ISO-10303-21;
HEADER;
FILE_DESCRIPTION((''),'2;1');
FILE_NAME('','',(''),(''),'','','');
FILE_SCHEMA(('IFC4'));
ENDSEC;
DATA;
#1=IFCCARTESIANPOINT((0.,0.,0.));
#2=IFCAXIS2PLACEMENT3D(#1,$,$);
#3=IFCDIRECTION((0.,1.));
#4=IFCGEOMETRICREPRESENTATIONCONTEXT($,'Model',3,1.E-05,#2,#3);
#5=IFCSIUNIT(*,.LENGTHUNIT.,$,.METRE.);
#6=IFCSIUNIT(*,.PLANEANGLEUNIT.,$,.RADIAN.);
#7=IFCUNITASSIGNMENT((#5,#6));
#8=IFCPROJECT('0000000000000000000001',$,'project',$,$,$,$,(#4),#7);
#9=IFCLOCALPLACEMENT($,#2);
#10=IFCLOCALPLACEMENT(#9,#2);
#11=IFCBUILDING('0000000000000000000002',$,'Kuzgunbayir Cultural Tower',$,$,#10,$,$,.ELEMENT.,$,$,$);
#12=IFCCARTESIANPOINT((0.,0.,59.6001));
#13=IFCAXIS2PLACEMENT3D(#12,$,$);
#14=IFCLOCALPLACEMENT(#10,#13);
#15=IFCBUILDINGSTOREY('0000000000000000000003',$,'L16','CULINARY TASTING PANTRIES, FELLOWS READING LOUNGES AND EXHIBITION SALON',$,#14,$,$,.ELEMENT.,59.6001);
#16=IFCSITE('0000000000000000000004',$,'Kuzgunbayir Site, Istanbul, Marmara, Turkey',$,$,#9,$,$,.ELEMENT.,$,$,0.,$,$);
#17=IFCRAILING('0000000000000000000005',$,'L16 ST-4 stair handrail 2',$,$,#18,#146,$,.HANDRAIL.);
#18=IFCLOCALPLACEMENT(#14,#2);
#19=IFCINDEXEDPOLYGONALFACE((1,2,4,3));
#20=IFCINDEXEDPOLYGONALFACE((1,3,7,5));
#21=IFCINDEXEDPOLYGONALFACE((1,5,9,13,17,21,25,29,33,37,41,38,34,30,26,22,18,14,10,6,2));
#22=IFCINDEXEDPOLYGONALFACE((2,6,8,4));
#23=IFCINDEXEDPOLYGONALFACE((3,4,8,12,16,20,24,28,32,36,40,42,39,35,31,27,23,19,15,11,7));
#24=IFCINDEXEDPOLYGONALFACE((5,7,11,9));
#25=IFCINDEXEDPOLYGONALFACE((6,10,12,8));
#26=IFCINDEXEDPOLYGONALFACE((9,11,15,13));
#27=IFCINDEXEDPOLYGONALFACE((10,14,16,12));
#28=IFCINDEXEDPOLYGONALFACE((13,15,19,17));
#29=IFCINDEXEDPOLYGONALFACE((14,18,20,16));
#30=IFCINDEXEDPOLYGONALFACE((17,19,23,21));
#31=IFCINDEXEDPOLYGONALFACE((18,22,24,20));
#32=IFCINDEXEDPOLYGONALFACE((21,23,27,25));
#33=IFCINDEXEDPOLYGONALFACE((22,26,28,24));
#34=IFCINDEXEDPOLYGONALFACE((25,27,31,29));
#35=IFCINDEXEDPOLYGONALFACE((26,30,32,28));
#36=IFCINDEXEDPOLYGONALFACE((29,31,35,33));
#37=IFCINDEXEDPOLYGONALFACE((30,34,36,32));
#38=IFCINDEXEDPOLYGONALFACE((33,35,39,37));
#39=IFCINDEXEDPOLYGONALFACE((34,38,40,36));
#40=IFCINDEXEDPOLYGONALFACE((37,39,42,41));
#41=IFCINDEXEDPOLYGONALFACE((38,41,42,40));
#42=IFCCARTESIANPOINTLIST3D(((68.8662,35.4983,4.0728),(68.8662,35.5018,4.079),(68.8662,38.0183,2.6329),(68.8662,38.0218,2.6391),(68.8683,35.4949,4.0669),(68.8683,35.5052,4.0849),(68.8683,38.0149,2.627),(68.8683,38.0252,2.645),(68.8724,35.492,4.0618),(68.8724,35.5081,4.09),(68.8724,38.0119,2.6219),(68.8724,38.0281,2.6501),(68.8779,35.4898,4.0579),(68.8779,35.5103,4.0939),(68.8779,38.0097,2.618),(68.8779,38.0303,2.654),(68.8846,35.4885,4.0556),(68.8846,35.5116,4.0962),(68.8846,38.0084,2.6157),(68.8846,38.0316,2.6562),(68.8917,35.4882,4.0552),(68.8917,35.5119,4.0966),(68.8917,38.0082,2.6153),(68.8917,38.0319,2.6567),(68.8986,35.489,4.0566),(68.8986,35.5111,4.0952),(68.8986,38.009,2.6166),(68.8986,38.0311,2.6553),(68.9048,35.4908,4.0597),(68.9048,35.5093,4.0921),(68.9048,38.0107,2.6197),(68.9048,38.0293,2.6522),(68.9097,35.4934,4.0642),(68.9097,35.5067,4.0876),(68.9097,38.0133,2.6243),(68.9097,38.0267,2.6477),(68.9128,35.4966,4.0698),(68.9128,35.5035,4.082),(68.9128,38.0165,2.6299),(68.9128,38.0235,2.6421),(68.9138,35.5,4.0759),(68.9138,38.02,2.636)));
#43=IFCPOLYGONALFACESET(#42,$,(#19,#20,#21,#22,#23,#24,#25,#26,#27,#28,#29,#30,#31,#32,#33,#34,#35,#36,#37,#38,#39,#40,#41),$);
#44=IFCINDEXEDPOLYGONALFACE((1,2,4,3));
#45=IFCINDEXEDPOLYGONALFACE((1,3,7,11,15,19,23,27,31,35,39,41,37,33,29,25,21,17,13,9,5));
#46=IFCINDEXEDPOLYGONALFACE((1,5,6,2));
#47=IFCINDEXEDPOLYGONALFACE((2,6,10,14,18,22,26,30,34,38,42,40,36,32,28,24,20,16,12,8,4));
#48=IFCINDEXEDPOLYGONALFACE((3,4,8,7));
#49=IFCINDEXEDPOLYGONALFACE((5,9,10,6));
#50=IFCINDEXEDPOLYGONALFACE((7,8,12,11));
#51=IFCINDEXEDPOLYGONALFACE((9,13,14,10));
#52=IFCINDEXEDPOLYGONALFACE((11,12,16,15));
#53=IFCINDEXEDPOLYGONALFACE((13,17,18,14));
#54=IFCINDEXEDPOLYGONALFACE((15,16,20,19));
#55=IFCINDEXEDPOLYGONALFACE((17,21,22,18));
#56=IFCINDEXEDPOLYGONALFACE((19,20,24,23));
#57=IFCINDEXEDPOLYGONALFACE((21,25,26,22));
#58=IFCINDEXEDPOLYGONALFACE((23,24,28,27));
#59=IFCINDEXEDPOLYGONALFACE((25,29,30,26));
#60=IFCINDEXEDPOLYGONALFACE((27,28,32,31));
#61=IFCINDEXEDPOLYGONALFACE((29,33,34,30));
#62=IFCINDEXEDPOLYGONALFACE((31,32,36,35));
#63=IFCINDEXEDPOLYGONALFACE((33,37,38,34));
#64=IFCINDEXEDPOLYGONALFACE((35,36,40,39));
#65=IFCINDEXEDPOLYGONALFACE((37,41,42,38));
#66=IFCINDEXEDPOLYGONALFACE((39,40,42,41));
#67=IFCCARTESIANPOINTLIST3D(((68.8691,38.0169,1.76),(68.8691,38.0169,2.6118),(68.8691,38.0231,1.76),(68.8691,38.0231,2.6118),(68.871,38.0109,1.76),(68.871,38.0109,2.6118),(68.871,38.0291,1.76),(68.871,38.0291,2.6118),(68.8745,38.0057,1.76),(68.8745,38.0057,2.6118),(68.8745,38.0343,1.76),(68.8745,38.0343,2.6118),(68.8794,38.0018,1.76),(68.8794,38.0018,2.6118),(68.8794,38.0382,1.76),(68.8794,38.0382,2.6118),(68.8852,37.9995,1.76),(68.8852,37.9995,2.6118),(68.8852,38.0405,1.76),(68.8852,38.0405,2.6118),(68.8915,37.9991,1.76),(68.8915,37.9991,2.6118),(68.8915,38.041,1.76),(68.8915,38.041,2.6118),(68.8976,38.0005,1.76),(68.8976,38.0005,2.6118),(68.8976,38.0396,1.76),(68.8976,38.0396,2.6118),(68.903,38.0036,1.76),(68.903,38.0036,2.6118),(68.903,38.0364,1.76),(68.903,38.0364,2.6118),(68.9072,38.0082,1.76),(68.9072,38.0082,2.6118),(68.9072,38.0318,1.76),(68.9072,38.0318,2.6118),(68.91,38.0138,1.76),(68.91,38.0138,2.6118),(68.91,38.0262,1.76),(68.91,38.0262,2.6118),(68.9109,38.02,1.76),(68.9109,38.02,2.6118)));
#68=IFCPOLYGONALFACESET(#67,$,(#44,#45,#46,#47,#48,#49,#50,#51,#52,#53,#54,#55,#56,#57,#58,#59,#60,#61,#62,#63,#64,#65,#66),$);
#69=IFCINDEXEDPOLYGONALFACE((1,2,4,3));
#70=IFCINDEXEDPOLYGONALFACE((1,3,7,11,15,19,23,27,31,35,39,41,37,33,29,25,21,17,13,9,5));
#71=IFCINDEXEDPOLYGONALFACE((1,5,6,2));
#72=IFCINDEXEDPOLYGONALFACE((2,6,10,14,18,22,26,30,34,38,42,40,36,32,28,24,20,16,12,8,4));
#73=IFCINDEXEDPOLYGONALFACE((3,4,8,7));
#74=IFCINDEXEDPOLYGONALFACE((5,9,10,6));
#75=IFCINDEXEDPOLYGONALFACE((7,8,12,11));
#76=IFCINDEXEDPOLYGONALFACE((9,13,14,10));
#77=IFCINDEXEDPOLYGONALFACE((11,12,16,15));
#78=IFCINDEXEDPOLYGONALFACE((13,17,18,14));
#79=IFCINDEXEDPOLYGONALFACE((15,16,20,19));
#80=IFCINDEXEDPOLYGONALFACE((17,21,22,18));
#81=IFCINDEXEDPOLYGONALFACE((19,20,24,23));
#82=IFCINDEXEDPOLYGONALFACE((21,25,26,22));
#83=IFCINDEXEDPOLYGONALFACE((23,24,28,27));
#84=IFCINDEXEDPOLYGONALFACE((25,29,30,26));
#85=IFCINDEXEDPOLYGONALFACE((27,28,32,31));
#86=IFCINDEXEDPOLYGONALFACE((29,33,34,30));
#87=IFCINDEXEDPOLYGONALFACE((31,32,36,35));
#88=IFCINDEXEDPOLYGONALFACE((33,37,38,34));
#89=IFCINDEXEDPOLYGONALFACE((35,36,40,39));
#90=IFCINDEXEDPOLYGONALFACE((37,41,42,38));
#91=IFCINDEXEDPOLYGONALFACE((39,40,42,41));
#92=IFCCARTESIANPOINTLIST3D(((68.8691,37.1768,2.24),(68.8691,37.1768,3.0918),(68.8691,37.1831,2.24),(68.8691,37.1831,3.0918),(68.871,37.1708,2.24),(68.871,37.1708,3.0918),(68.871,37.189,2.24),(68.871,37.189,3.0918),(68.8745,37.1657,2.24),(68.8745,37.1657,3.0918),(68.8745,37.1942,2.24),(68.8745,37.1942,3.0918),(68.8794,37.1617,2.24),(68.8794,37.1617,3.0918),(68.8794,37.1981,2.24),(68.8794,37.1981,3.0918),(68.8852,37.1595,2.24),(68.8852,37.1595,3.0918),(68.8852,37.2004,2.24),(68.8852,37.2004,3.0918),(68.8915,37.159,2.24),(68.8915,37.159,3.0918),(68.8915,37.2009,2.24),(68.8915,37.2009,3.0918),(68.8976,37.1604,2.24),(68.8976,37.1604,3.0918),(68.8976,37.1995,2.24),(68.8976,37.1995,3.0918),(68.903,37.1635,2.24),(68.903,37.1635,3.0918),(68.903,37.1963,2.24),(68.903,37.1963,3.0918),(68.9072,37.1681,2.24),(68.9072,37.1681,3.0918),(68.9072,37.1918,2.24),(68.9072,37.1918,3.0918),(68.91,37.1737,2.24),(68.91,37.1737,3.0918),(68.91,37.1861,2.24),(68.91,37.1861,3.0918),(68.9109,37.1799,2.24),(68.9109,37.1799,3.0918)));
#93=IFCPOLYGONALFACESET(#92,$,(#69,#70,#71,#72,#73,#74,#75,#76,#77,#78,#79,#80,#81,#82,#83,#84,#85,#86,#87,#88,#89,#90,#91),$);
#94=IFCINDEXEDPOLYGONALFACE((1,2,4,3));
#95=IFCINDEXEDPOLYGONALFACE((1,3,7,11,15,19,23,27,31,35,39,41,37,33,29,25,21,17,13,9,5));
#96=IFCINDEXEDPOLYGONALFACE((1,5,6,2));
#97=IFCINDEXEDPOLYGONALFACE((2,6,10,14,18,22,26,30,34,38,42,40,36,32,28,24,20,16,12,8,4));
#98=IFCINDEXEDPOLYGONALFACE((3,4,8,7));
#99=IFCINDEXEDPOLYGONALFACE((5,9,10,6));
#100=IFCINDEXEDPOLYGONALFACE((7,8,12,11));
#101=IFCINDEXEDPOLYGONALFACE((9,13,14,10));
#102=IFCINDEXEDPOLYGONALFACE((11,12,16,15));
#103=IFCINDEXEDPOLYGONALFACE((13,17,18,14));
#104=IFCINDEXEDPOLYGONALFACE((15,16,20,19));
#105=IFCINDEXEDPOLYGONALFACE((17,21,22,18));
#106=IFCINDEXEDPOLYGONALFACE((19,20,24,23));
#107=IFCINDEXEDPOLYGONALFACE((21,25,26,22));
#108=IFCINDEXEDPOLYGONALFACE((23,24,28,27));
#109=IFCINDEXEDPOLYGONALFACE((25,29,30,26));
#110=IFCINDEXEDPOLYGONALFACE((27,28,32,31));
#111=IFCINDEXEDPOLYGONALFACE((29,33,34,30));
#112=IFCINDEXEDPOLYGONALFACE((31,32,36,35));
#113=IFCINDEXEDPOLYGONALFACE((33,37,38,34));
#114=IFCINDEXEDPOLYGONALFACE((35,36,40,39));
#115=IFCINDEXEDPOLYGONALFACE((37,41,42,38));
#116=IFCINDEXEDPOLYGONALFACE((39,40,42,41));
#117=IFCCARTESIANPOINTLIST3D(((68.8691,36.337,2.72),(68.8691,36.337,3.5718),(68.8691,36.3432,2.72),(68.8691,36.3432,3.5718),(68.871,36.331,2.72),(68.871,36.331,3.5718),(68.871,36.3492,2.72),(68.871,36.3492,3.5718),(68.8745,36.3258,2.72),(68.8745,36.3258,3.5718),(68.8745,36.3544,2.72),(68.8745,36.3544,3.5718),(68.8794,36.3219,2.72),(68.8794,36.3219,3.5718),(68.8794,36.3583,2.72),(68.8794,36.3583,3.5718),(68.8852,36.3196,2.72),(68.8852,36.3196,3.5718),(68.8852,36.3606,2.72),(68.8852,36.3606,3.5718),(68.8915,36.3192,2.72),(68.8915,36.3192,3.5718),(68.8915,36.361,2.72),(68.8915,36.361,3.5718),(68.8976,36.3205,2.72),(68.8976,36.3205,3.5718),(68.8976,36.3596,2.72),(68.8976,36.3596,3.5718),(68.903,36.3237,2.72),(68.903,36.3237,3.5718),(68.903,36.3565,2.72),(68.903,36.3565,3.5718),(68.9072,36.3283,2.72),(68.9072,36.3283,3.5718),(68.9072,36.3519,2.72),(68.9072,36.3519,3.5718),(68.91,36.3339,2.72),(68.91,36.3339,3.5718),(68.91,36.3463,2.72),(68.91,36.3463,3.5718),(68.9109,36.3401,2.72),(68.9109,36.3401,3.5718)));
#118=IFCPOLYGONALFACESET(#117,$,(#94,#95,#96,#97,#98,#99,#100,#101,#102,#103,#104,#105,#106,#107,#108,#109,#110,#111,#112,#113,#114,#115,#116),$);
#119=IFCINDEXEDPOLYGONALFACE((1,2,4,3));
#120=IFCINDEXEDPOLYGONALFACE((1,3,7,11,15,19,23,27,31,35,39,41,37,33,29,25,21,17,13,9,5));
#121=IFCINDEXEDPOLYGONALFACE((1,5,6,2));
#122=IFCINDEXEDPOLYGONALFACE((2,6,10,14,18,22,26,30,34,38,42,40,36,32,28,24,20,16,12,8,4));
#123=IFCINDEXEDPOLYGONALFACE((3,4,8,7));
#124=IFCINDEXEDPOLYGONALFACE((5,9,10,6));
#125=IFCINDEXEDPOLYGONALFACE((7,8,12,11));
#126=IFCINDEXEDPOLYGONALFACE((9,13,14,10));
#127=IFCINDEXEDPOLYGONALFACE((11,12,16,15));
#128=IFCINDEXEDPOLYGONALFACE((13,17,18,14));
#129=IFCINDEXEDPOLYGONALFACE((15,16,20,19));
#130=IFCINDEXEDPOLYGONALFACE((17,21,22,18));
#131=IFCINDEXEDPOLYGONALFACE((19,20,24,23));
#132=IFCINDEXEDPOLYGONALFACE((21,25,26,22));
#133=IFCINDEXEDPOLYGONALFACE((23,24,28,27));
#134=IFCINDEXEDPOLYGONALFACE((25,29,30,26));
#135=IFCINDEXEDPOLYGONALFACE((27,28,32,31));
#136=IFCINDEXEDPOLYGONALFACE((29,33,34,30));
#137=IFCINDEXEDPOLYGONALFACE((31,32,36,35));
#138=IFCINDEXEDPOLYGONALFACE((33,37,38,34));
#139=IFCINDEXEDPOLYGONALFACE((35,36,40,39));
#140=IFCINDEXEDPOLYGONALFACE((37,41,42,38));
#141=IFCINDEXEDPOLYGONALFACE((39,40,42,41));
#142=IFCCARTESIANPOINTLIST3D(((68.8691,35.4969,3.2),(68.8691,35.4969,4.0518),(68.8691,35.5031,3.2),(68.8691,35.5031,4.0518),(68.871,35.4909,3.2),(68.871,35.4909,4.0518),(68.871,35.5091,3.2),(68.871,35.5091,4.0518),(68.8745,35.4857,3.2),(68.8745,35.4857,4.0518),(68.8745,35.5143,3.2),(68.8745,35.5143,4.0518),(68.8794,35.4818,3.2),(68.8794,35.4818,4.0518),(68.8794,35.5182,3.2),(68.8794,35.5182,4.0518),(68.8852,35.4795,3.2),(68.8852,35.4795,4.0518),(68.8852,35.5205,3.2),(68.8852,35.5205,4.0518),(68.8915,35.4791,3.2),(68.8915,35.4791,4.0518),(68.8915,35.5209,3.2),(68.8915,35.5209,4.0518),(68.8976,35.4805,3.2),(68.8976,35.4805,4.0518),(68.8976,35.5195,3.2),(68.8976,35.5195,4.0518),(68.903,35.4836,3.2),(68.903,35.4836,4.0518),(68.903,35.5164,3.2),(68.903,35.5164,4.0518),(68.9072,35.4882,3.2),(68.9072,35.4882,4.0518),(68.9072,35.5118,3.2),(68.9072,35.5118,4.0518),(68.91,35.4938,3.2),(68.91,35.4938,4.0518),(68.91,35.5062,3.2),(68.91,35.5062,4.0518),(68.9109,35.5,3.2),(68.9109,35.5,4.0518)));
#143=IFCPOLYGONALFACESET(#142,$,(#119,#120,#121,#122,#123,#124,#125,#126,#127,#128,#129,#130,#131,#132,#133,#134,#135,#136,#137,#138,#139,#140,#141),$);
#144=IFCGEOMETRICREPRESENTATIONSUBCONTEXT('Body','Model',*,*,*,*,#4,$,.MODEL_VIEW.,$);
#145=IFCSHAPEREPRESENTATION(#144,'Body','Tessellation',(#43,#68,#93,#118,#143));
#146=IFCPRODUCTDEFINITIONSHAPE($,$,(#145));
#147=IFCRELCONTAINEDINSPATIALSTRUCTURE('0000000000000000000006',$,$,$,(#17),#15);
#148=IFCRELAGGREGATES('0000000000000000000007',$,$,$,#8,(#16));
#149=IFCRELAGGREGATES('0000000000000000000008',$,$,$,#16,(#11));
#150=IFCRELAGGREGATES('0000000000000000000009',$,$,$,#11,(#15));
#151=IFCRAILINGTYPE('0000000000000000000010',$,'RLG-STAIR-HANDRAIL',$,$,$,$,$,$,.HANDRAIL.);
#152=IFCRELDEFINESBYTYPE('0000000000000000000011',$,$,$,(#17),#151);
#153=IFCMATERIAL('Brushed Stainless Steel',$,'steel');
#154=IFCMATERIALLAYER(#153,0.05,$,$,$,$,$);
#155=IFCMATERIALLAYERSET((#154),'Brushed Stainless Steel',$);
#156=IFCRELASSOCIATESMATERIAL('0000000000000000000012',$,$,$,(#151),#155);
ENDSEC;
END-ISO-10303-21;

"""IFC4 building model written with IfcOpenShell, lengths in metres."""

from ifc_helpers import new_model, si_unit, direction, frame, origin, origin_2d, place, context, subcontext, project, spatial, circle, extrude, material, layer, layer_set, type_object, element, save


model = new_model("IFC4")

# Units and contexts
model_context = context("Model", 3, precision=1e-05, world=origin(), true_north=direction((0.0, 1.0)))
body_context = subcontext(model_context, "Body", "Model", "MODEL_VIEW")
ifc_project = project(units=[si_unit("LENGTHUNIT", "METRE"), si_unit("PLANEANGLEUNIT", "RADIAN")], contexts=[model_context])

# Site, building, storey
site_placement = place(None, origin())
site = spatial("IfcSite", under=ifc_project, at=site_placement, Name="Kuzgunbayir Site, Istanbul, Marmara, Turkey", CompositionType="ELEMENT", RefElevation=0.0)
building_placement = place(site_placement, origin())
building = spatial("IfcBuilding", under=site, at=building_placement, Name="Kuzgunbayir Cultural Tower", CompositionType="ELEMENT")
storey_placement = place(building_placement, frame((0.0, 0.0, 59.6001)))
storey = spatial("IfcBuildingStorey", under=building, at=storey_placement, Name="L16", Description="CULINARY TASTING PANTRIES, FELLOWS READING LOUNGES AND EXHIBITION SALON", CompositionType="ELEMENT", Elevation=59.6001)

# Shared definitions
ifc_material_1 = material(Name="Brushed Stainless Steel", Category="steel")

# Railing
ifc_layer_1 = layer(ifc_material_1, 0.05)
ifc_layer_set_1 = layer_set([ifc_layer_1], Name="Brushed Stainless Steel")
railing_type_1 = type_object("IfcRailingType", Name="RLG-STAIR-HANDRAIL", PredefinedType="HANDRAIL", material=ifc_layer_set_1)
railing_1_placement = place(storey_placement, frame((68.8899, 38.02, 1.76)))
element("IfcRailing", 1, at=railing_1_placement, inside=storey, type_object=railing_type_1, Name="L16 ST-4 stair handrail 2", PredefinedType="HANDRAIL", context=body_context, shape_type="SweptSolid", body=[
    extrude(circle(Radius=0.0239, at=origin_2d()), frame((0.0, 0.0, 0.876), z_axis=(0.0, -0.868253, 0.496121), x_axis=(1.0, 0.0, 0.0)), (0.0, 0.0, 1.0), 2.9023),
    extrude(circle(Radius=0.021, at=origin_2d()), origin(), (0.0, 0.0, 1.0), 0.8518),
    extrude(circle(Radius=0.021, at=origin_2d()), frame((0.0, -0.8401, 0.48)), (0.0, 0.0, 1.0), 0.8518),
    extrude(circle(Radius=0.021, at=origin_2d()), frame((0.0, -1.6799, 0.96)), (0.0, 0.0, 1.0), 0.8518),
    extrude(circle(Radius=0.021, at=origin_2d()), frame((0.0, -2.52, 1.4399)), (0.0, 0.0, 1.0), 0.8518),
])

save(model, "model.ifc")
